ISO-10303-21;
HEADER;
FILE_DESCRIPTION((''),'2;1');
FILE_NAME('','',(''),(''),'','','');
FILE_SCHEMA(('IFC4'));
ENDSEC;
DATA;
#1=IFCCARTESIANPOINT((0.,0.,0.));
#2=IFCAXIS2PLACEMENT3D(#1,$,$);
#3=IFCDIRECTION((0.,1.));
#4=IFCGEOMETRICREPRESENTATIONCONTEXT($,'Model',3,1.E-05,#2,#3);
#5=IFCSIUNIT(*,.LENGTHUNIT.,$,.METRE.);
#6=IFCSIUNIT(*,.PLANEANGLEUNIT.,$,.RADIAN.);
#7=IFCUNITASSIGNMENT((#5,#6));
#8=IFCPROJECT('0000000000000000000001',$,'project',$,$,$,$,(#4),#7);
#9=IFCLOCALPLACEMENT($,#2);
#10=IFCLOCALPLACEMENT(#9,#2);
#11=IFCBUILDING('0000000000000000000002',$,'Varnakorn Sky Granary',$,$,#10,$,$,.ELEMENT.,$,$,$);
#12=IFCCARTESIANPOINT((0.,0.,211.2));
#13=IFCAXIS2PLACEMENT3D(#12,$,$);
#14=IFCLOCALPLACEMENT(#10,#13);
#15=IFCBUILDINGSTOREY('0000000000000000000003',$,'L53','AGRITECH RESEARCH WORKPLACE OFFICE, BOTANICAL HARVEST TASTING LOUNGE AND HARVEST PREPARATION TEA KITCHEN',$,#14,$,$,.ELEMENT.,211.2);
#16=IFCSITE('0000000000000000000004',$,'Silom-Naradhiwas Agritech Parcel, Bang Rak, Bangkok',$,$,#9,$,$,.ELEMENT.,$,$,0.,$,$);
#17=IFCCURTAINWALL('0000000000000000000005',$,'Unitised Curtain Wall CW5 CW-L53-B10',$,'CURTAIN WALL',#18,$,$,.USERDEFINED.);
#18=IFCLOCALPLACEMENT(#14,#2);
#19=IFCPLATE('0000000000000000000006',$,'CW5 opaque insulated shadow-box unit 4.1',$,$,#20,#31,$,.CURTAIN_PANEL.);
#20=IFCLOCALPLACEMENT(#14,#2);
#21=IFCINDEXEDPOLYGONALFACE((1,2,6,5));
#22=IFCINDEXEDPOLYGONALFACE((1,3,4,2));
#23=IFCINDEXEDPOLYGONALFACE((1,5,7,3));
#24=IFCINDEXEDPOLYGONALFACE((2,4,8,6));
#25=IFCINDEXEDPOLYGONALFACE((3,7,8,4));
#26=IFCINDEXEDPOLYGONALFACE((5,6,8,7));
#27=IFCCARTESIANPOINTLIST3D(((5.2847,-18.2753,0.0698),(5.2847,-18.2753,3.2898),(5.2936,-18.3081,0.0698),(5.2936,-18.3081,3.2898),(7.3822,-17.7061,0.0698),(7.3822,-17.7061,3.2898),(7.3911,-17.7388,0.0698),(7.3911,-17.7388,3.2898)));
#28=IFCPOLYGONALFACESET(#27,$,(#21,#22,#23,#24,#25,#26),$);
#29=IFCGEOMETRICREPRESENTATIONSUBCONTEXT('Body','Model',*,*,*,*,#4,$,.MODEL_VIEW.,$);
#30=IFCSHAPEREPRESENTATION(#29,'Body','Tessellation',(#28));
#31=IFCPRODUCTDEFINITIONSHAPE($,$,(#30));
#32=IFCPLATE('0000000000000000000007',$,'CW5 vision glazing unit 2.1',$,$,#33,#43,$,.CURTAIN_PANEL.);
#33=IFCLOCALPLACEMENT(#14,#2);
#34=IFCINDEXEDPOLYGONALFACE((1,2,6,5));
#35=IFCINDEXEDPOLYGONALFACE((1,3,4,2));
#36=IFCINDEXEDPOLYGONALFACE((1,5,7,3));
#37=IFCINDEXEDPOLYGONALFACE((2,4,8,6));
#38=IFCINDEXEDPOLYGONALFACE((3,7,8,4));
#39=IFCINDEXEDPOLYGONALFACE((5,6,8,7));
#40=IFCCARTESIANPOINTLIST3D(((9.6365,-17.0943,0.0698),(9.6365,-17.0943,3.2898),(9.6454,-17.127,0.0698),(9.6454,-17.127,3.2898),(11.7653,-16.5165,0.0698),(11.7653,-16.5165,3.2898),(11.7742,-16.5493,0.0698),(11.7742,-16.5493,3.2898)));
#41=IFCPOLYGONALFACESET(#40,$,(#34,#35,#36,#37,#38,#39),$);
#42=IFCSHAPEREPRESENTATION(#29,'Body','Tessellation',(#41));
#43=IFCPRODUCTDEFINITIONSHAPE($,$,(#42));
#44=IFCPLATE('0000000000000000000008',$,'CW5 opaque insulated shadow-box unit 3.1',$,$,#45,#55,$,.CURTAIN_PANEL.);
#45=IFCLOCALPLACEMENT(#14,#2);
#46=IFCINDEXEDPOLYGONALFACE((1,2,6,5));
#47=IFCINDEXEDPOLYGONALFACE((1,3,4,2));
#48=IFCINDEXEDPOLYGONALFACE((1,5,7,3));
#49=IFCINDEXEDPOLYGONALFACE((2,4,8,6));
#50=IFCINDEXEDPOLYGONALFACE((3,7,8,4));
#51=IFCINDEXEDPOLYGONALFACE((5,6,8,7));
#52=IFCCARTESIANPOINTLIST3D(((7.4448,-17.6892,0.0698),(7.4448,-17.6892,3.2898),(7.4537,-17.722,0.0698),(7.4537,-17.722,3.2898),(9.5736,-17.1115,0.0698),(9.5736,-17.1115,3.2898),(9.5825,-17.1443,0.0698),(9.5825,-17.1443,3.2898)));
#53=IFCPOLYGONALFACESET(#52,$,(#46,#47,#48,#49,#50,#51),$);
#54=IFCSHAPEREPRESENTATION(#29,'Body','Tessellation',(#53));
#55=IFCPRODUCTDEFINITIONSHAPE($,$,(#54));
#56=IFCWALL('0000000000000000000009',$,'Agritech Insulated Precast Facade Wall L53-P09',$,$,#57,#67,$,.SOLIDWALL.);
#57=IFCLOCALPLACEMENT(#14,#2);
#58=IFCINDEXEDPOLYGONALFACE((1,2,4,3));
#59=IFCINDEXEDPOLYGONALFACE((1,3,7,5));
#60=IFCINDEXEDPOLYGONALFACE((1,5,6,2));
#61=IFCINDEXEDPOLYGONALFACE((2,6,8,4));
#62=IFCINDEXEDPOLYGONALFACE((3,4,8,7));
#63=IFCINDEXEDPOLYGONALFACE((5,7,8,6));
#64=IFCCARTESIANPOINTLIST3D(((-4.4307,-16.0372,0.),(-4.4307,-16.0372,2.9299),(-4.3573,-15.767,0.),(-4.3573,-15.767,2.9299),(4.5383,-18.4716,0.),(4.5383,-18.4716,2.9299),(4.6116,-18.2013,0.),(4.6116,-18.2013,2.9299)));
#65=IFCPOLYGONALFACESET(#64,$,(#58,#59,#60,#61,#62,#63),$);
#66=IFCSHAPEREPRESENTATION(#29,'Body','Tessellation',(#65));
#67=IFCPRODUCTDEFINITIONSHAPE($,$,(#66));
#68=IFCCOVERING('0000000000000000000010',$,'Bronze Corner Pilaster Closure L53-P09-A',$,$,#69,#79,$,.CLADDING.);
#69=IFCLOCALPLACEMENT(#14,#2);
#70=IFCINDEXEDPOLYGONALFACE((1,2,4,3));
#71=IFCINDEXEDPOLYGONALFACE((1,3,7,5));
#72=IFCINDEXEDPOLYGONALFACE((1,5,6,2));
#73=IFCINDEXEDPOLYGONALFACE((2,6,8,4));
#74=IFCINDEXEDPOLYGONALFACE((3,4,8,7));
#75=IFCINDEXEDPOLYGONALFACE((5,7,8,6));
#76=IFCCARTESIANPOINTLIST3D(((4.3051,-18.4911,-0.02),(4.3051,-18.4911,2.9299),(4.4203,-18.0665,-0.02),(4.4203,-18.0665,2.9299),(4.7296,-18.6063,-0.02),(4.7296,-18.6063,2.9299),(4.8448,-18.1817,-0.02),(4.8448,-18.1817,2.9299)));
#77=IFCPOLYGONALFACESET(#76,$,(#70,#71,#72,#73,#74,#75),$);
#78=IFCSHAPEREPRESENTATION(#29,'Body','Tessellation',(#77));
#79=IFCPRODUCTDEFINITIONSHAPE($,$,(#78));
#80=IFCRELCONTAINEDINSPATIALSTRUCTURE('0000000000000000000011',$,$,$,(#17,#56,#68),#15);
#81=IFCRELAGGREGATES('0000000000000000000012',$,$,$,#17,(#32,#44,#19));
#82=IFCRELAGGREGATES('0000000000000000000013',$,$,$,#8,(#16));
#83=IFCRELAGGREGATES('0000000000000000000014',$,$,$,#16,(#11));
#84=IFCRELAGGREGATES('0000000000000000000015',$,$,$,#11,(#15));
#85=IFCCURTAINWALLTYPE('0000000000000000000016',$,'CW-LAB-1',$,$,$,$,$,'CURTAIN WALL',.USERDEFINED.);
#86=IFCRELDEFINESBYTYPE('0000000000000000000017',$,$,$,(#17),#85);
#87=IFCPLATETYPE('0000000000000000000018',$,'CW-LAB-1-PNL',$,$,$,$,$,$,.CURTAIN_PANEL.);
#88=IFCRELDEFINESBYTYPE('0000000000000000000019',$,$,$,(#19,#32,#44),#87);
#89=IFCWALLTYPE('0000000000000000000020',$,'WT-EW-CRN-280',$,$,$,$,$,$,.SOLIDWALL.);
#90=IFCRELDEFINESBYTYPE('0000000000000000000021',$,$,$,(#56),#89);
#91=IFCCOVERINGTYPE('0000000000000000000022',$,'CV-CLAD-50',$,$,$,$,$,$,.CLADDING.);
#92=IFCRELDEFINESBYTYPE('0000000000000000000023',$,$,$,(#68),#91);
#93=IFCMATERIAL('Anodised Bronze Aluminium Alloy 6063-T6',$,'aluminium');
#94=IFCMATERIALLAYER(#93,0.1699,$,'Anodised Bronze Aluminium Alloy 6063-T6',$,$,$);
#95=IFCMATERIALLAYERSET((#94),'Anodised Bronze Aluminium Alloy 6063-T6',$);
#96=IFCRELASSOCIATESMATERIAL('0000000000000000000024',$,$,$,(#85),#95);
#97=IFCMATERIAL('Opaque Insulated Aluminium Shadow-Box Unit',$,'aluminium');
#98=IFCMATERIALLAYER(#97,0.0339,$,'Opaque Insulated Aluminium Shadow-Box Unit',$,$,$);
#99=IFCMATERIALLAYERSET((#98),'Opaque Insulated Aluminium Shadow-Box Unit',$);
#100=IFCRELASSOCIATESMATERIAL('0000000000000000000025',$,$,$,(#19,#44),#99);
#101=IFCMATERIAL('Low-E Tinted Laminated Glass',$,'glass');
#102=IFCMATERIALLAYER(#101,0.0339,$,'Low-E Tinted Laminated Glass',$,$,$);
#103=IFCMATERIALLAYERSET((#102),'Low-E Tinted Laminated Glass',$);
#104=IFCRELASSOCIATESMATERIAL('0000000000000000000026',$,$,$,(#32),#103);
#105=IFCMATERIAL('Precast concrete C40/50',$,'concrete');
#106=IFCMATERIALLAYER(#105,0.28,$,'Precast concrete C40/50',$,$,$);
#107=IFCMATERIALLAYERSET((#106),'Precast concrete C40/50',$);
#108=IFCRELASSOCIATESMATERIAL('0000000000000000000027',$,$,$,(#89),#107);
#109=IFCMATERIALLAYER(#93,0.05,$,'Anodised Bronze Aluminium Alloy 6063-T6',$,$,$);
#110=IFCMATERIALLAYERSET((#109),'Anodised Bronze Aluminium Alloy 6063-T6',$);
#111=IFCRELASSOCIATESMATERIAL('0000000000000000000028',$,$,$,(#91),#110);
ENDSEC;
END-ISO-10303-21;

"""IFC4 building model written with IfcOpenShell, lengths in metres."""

from ifc_helpers import new_model, si_unit, direction, frame, frame_2d, origin, origin_2d, place, context, subcontext, project, spatial, rectangle, extrude, source, transform, mapped, material, layer, layer_set, type_object, type_shapes, element, aggregate, save


model = new_model("IFC4")

# Units and contexts
model_context = context("Model", 3, precision=1e-05, world=origin(), true_north=direction((0.0, 1.0)))
body_context = subcontext(model_context, "Body", "Model", "MODEL_VIEW")
ifc_project = project(units=[si_unit("LENGTHUNIT", "METRE"), si_unit("PLANEANGLEUNIT", "RADIAN")], contexts=[model_context])

# Site, building, storey
site_placement = place(None, origin())
site = spatial("IfcSite", under=ifc_project, at=site_placement, Name="Silom-Naradhiwas Agritech Parcel, Bang Rak, Bangkok", CompositionType="ELEMENT", RefElevation=0.0)
building_placement = place(site_placement, origin())
building = spatial("IfcBuilding", under=site, at=building_placement, Name="Varnakorn Sky Granary", CompositionType="ELEMENT")
storey_placement = place(building_placement, frame((0.0, 0.0, 211.2)))
storey = spatial("IfcBuildingStorey", under=building, at=storey_placement, Name="L53", Description="AGRITECH RESEARCH WORKPLACE OFFICE, BOTANICAL HARVEST TASTING LOUNGE AND HARVEST PREPARATION TEA KITCHEN", CompositionType="ELEMENT", Elevation=211.2)

# Curtain wall
ifc_material_1 = material(Name="Anodised Bronze Aluminium Alloy 6063-T6", Category="aluminium")
ifc_layer_1 = layer(ifc_material_1, 0.1699, Name="Anodised Bronze Aluminium Alloy 6063-T6")
ifc_layer_set_1 = layer_set([ifc_layer_1], Name="Anodised Bronze Aluminium Alloy 6063-T6")
curtain_wall_type = type_object("IfcCurtainWallType", Name="CW-LAB-1", ElementType="CURTAIN WALL", PredefinedType="USERDEFINED", material=ifc_layer_set_1)
curtain_wall_placement = place(storey_placement, origin())
curtain_wall = element("IfcCurtainWall", 1, at=curtain_wall_placement, inside=storey, type_object=curtain_wall_type, Name="Unitised Curtain Wall CW5 CW-L53-B10", ObjectType="CURTAIN WALL", PredefinedType="USERDEFINED")

# Plates
ifc_material_2 = material(Name="Low-E Tinted Laminated Glass", Category="glass")
ifc_layer_2 = layer(ifc_material_2, 0.0339, Name="Low-E Tinted Laminated Glass")
ifc_layer_set_2 = layer_set([ifc_layer_2], Name="Low-E Tinted Laminated Glass")
plate_type = type_object("IfcPlateType", Name="CW-LAB-1-PNL", PredefinedType="CURTAIN_PANEL")
shared_shape_1 = source(origin(), body_context, "Body", "SweptSolid", [
    extrude(rectangle(XDim=2.1733, YDim=0.0339, at=origin_2d()), origin(), (0.0, 0.0, 1.0), 3.22),
])
ifc_material_3 = material(Name="Opaque Insulated Aluminium Shadow-Box Unit", Category="aluminium")
ifc_layer_3 = layer(ifc_material_3, 0.0339, Name="Opaque Insulated Aluminium Shadow-Box Unit")
ifc_layer_set_3 = layer_set([ifc_layer_3], Name="Opaque Insulated Aluminium Shadow-Box Unit")
plate_1_placement = place(storey_placement, frame((6.3379, -18.0071, 0.0698), z_axis=(0.0, 0.0, 1.0), x_axis=(-0.96509, -0.26192, 0.0)))
plate_1 = element("IfcPlate", 2, at=plate_1_placement, type_object=plate_type, material=ifc_layer_set_3, Name="CW5 opaque insulated shadow-box unit 4.1", PredefinedType="CURTAIN_PANEL", context=body_context, shape_type="MappedRepresentation", body=[
    mapped(shared_shape_1, transform((0.0, 0.0, 0.0), x_axis=(1.0, 0.0, 0.0), y_axis=(0.0, 1.0, 0.0), z_axis=(0.0, 0.0, 1.0), scale=1.0)),
])
shared_shape_2 = source(origin(), body_context, "Body", "SweptSolid", [
    extrude(rectangle(XDim=2.2058, YDim=0.0339, at=origin_2d()), origin(), (0.0, 0.0, 1.0), 3.22),
])
type_shapes(plate_type, [shared_shape_1, shared_shape_2])
plate_2_placement = place(storey_placement, frame((10.7053, -16.8218, 0.0698), z_axis=(0.0, 0.0, 1.0), x_axis=(-0.96509, -0.26192, 0.0)))
plate_2 = element("IfcPlate", 3, at=plate_2_placement, type_object=plate_type, material=ifc_layer_set_2, Name="CW5 vision glazing unit 2.1", PredefinedType="CURTAIN_PANEL", context=body_context, shape_type="MappedRepresentation", body=[
    mapped(shared_shape_2, transform((0.0, 0.0, 0.0), x_axis=(1.0, 0.0, 0.0), y_axis=(0.0, 1.0, 0.0), z_axis=(0.0, 0.0, 1.0), scale=1.0)),
])
plate_3_placement = place(storey_placement, frame((8.5137, -17.4167, 0.0698), z_axis=(0.0, 0.0, 1.0), x_axis=(-0.96509, -0.26192, 0.0)))
plate_3 = element("IfcPlate", 4, at=plate_3_placement, type_object=plate_type, material=ifc_layer_set_3, Name="CW5 opaque insulated shadow-box unit 3.1", PredefinedType="CURTAIN_PANEL", context=body_context, shape_type="MappedRepresentation", body=[
    mapped(shared_shape_2, transform((0.0, 0.0, 0.0), x_axis=(1.0, 0.0, 0.0), y_axis=(0.0, 1.0, 0.0), z_axis=(0.0, 0.0, 1.0), scale=1.0)),
])
aggregate(curtain_wall, [plate_2, plate_3, plate_1])

# Wall
ifc_material_4 = material(Name="Precast concrete C40/50", Category="concrete")
ifc_layer_4 = layer(ifc_material_4, 0.28, Name="Precast concrete C40/50")
ifc_layer_set_4 = layer_set([ifc_layer_4], Name="Precast concrete C40/50")
wall_type = type_object("IfcWallType", Name="WT-EW-CRN-280", PredefinedType="SOLIDWALL", material=ifc_layer_set_4)
wall_placement = place(storey_placement, frame((4.575, -18.3364, 0.0), z_axis=(0.0, 0.0, 1.0), x_axis=(-0.965084, 0.261939, 0.0)))
element("IfcWall", 5, at=wall_placement, inside=storey, type_object=wall_type, Name="Agritech Insulated Precast Facade Wall L53-P09", PredefinedType="SOLIDWALL", context=body_context, shape_type="SweptSolid", body=[
    extrude(rectangle(XDim=9.2935, YDim=0.28, at=frame_2d((4.6467, 0.0))), origin(), (0.0, 0.0, 1.0), 2.9299),
])

# Covering
ifc_layer_5 = layer(ifc_material_1, 0.05, Name="Anodised Bronze Aluminium Alloy 6063-T6")
ifc_layer_set_5 = layer_set([ifc_layer_5], Name="Anodised Bronze Aluminium Alloy 6063-T6")
covering_type = type_object("IfcCoveringType", Name="CV-CLAD-50", PredefinedType="CLADDING", material=ifc_layer_set_5)
shared_shape_3 = source(origin(), body_context, "Body", "SweptSolid", [
    extrude(rectangle(XDim=0.4399, YDim=0.4399, at=origin_2d()), origin(), (0.0, 0.0, 1.0), 2.95),
])
type_shapes(covering_type, [shared_shape_3])
covering_placement = place(storey_placement, frame((4.575, -18.3364, -0.02), z_axis=(0.0, 0.0, 1.0), x_axis=(-0.965108, 0.261852, 0.0)))
element("IfcCovering", 6, at=covering_placement, inside=storey, type_object=covering_type, Name="Bronze Corner Pilaster Closure L53-P09-A", PredefinedType="CLADDING", context=body_context, shape_type="MappedRepresentation", body=[
    mapped(shared_shape_3, transform((0.0, 0.0, 0.0), x_axis=(1.0, 0.0, 0.0), y_axis=(0.0, 1.0, 0.0), z_axis=(0.0, 0.0, 1.0), scale=1.0)),
])

save(model, "model.ifc")
